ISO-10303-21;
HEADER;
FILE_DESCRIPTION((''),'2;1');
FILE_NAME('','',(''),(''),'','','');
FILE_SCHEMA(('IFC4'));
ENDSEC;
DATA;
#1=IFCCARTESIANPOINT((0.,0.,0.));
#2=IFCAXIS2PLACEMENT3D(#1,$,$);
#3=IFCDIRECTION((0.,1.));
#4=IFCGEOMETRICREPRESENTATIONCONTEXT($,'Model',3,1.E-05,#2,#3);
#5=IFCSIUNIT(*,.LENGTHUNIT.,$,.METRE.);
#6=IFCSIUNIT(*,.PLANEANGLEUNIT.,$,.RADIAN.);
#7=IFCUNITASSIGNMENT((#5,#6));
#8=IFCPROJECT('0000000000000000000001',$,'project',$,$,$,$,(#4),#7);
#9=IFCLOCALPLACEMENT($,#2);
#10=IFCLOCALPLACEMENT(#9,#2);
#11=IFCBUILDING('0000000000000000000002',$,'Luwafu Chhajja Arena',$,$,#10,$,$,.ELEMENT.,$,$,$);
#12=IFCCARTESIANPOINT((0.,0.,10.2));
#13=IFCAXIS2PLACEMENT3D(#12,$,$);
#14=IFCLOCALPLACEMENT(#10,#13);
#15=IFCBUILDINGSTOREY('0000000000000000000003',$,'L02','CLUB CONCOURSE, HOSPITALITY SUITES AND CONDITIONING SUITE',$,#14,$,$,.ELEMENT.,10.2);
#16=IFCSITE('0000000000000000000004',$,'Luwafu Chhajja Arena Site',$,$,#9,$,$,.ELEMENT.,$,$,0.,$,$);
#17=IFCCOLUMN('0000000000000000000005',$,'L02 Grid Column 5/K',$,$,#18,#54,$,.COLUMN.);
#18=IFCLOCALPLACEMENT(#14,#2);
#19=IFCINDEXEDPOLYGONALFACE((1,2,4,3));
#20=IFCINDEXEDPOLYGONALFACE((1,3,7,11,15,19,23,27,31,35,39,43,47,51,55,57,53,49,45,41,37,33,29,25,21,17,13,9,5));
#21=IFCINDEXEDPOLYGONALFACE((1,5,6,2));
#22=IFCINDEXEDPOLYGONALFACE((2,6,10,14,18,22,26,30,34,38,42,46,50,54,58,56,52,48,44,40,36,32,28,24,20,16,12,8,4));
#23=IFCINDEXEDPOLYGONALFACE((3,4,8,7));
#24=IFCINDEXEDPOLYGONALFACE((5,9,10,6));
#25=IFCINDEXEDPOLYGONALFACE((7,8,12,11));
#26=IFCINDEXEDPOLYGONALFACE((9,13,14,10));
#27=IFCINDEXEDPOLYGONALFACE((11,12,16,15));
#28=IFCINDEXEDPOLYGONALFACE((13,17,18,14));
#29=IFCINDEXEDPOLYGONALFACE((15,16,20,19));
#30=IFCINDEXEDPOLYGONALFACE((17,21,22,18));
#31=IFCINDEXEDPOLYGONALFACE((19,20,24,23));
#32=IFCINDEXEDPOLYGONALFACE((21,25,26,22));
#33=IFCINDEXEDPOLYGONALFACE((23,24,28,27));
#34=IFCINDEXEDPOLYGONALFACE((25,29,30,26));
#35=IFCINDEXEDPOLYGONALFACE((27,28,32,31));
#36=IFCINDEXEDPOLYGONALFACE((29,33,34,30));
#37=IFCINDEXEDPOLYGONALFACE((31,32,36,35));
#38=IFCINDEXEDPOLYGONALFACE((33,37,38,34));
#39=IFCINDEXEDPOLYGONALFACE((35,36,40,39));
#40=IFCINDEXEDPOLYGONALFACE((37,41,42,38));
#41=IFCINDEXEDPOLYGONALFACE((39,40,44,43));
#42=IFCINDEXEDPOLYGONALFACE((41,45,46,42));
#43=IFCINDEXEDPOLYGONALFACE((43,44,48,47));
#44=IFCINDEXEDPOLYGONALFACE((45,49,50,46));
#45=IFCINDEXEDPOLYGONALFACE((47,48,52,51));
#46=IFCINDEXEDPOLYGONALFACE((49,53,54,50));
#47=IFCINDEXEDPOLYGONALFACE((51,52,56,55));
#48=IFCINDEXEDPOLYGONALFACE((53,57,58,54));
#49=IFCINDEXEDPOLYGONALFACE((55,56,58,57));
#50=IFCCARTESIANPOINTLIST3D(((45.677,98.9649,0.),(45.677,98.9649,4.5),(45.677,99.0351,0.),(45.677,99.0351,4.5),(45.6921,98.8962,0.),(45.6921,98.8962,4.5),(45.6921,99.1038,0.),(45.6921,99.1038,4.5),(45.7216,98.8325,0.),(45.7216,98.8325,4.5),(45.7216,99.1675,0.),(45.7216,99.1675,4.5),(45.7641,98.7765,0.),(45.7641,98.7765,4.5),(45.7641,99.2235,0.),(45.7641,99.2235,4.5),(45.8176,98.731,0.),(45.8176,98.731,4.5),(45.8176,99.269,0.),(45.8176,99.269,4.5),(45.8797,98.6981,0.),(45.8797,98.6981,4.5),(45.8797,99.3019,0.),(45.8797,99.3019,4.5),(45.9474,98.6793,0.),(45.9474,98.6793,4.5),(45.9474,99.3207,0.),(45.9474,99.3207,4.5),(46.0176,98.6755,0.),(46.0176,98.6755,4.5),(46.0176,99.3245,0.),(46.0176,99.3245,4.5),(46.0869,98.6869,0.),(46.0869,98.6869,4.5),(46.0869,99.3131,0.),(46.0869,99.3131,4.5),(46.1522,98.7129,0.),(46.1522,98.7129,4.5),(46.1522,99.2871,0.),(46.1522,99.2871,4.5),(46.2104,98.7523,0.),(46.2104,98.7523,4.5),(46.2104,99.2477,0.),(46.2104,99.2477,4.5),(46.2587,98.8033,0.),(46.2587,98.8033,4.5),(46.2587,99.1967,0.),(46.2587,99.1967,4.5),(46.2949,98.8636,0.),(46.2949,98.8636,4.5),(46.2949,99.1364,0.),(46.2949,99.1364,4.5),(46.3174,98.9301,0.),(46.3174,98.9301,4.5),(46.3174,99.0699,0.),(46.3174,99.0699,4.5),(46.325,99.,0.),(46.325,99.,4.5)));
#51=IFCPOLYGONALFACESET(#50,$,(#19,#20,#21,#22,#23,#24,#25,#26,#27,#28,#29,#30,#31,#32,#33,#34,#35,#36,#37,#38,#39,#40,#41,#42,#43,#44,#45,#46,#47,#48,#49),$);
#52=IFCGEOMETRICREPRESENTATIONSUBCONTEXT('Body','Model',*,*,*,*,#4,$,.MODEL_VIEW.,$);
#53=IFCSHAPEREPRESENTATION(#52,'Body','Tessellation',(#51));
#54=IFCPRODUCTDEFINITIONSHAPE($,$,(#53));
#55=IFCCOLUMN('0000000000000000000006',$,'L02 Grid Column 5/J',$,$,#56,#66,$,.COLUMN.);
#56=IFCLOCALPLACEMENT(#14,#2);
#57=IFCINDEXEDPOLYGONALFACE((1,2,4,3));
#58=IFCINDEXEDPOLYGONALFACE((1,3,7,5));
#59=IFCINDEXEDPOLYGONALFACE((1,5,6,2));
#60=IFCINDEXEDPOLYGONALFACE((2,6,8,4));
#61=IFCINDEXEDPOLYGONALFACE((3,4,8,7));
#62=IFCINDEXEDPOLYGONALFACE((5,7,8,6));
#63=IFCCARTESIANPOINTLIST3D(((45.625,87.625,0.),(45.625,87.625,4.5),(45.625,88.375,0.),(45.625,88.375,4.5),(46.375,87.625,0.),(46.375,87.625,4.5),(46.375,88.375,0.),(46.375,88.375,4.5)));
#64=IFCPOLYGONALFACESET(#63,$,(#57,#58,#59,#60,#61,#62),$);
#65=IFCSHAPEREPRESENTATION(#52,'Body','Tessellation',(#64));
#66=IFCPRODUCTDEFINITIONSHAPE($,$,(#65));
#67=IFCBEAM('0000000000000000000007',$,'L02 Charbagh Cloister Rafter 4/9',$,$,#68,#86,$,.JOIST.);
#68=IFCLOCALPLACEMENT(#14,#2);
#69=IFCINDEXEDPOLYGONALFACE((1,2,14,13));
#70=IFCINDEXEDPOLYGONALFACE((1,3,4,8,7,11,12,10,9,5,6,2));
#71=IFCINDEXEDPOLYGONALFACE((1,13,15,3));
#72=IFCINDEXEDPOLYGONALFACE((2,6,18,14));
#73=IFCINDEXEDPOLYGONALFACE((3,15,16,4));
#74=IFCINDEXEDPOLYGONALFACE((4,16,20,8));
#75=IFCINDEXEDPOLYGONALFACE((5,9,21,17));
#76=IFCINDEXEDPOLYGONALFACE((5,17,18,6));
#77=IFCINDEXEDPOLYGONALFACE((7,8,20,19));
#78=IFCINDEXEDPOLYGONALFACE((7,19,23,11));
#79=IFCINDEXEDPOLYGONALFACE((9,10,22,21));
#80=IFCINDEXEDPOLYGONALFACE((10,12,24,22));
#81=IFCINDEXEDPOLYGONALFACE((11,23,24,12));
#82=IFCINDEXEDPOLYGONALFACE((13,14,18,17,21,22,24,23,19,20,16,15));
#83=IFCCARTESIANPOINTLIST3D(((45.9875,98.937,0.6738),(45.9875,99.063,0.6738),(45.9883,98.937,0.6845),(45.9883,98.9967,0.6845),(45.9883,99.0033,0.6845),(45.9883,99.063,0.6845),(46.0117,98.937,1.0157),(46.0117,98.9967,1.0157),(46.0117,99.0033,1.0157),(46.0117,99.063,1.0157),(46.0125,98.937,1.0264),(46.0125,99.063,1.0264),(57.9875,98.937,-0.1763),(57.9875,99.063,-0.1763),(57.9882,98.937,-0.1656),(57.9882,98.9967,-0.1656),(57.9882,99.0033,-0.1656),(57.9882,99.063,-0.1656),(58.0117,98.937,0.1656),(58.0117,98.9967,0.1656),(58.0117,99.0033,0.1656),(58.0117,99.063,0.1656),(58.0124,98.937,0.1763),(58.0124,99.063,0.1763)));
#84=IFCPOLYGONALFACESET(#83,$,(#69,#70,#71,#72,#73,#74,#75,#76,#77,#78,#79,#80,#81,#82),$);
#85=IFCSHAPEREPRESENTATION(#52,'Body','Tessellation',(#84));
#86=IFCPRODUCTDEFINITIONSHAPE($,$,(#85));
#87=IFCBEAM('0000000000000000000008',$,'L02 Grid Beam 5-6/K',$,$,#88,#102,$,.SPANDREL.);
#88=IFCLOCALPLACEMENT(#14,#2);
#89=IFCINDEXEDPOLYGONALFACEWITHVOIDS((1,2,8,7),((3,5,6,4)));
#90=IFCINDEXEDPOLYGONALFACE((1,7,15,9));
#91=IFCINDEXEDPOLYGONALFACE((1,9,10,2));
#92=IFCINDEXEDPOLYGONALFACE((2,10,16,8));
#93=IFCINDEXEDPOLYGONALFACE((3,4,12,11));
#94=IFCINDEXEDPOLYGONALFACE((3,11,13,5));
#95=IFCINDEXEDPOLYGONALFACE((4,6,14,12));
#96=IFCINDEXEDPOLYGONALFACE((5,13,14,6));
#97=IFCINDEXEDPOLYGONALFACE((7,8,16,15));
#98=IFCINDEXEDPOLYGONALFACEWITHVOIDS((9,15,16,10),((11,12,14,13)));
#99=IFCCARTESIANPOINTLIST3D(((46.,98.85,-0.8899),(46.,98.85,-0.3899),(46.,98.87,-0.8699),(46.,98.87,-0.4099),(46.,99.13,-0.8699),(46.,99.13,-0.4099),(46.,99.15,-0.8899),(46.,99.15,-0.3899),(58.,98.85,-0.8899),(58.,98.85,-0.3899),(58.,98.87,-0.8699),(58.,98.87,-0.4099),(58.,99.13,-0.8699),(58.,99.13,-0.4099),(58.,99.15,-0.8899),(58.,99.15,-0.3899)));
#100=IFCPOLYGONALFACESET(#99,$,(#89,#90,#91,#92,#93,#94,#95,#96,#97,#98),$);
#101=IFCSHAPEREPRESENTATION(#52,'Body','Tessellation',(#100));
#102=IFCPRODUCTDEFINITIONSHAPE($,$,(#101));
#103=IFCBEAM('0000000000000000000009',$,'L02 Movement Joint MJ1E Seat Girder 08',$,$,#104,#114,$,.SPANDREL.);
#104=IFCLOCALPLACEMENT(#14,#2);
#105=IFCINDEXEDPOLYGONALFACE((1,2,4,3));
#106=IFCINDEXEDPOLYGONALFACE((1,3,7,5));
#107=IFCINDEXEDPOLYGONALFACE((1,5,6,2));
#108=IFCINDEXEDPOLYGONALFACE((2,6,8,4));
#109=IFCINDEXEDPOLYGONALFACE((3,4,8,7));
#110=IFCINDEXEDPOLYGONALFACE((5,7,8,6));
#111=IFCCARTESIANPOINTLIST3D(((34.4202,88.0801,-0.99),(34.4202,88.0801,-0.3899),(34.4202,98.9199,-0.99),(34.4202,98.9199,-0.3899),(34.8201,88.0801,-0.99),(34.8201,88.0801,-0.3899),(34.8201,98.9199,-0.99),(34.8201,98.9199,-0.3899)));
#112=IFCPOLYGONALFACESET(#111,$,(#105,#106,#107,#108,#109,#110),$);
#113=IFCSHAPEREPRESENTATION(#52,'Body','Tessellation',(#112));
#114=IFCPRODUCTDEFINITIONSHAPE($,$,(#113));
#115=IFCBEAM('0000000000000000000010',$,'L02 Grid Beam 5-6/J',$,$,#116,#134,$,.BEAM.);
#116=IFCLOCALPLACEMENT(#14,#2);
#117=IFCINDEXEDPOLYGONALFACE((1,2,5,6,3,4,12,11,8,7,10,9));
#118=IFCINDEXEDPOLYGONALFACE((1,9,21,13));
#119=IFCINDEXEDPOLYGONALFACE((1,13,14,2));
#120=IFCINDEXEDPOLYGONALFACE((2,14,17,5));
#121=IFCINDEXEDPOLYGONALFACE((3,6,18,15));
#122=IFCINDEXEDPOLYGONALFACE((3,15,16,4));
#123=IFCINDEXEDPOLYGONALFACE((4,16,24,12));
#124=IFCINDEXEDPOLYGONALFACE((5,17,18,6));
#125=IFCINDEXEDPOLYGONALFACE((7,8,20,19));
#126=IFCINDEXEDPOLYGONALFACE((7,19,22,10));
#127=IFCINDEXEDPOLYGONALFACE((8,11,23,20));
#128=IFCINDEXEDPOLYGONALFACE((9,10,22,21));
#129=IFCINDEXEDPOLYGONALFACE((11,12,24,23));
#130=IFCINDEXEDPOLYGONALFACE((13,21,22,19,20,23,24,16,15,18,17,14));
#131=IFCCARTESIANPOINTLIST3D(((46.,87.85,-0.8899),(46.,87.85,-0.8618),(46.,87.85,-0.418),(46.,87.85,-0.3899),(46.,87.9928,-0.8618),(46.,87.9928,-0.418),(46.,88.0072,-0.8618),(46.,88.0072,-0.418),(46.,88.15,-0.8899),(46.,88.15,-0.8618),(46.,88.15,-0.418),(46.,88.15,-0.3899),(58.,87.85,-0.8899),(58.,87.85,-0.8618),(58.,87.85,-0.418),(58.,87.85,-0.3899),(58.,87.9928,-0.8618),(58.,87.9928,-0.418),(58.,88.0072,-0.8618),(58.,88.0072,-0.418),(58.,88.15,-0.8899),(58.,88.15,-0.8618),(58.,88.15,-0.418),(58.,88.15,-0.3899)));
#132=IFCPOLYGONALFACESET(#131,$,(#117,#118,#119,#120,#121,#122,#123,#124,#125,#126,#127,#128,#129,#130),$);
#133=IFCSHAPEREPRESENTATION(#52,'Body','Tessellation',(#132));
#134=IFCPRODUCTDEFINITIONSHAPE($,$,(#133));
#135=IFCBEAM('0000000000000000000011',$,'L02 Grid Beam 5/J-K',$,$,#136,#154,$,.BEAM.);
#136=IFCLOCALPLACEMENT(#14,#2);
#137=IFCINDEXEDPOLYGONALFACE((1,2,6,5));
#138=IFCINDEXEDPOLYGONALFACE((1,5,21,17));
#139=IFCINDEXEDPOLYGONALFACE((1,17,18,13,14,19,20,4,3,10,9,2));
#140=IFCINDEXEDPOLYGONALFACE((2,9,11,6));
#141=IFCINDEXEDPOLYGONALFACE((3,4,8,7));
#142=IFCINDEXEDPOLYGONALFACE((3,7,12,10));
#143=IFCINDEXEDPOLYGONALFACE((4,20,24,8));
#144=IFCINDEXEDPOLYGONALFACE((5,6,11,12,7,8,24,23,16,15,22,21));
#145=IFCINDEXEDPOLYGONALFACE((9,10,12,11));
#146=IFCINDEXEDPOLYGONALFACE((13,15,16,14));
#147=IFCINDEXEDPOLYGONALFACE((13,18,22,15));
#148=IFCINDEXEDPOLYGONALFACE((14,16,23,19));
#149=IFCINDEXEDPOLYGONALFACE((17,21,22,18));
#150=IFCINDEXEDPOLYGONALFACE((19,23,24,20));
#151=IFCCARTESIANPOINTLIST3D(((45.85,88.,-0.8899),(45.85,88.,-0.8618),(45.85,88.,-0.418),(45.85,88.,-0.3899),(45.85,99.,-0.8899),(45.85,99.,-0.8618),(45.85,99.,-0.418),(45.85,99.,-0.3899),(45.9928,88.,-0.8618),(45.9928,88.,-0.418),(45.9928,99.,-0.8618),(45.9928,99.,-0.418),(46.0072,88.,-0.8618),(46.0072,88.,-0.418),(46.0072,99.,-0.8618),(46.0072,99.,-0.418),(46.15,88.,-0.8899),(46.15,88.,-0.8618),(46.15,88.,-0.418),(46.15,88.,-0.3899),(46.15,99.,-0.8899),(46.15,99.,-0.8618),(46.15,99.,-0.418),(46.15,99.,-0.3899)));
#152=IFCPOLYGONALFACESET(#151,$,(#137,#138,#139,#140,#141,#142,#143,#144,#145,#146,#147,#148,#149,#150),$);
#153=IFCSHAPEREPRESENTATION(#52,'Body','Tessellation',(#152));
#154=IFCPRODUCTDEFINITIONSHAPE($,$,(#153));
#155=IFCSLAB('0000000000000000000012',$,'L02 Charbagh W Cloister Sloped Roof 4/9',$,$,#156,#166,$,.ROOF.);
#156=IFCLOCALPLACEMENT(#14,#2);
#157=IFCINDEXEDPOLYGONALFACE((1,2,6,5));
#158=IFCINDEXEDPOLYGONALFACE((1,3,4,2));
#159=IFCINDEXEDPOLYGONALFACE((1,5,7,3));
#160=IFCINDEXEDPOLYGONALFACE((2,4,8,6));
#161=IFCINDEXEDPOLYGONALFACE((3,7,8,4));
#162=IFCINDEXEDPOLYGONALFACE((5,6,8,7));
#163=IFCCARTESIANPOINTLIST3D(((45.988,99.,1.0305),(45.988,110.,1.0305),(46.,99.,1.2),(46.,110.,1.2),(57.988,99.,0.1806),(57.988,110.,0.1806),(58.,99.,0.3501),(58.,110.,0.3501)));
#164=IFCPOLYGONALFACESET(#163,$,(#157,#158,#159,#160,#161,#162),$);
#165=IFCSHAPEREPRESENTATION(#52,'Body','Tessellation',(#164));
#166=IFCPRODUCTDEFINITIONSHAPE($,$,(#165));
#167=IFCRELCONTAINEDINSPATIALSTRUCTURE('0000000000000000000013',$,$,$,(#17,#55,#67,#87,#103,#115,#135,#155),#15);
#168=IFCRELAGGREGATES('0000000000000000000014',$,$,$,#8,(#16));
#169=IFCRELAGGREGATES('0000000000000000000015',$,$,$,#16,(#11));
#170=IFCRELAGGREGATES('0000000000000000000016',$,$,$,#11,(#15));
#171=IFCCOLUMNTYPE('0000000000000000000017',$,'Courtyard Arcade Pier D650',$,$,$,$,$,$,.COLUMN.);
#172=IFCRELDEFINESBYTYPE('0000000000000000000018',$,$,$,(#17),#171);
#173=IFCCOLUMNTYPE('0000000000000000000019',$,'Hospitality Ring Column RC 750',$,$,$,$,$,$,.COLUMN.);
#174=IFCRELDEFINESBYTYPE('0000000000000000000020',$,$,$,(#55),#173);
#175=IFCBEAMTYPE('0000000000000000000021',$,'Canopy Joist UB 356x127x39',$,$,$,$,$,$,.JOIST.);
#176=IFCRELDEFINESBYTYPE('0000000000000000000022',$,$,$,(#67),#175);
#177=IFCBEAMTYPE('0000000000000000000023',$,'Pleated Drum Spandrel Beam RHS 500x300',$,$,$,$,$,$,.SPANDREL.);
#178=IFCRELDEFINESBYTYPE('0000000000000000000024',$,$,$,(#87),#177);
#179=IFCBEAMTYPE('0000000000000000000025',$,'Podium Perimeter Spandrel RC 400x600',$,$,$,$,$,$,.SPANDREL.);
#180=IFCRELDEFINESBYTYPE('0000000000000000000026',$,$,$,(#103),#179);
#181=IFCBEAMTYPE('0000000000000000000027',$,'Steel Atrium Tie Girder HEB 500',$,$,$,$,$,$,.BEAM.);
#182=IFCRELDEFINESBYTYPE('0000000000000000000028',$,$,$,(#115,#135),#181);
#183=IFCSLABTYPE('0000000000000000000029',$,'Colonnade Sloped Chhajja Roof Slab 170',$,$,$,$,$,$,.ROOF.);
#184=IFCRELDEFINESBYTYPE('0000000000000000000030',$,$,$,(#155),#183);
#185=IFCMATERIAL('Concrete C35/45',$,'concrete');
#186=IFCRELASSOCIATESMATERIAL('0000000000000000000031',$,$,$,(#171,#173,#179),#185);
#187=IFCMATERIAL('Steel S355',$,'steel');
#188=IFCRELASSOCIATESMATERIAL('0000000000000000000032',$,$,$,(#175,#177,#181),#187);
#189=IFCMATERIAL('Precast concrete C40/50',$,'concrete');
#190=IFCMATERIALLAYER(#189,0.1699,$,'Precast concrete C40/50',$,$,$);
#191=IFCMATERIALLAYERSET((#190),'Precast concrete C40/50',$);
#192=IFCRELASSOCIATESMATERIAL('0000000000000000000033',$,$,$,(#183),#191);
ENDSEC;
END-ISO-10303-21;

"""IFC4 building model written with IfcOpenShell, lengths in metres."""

from ifc_helpers import new_model, si_unit, direction, frame, origin, origin_2d, place, context, subcontext, project, spatial, polyline, rectangle, hollow_rectangle, circle, i_section, outline, extrude, material, layer, layer_set, material_profile, profile_set, type_object, element, save


model = new_model("IFC4")

# Units and contexts
model_context = context("Model", 3, precision=1e-05, world=origin(), true_north=direction((0.0, 1.0)))
body_context = subcontext(model_context, "Body", "Model", "MODEL_VIEW")
ifc_project = project(units=[si_unit("LENGTHUNIT", "METRE"), si_unit("PLANEANGLEUNIT", "RADIAN")], contexts=[model_context])

# Site, building, storey
site_placement = place(None, origin())
site = spatial("IfcSite", under=ifc_project, at=site_placement, Name="Luwafu Chhajja Arena Site", CompositionType="ELEMENT", RefElevation=0.0)
building_placement = place(site_placement, origin())
building = spatial("IfcBuilding", under=site, at=building_placement, Name="Luwafu Chhajja Arena", CompositionType="ELEMENT")
storey_placement = place(building_placement, frame((0.0, 0.0, 10.2)))
storey = spatial("IfcBuildingStorey", under=building, at=storey_placement, Name="L02", Description="CLUB CONCOURSE, HOSPITALITY SUITES AND CONDITIONING SUITE", CompositionType="ELEMENT", Elevation=10.2)

# Columns
ifc_material_1 = material(Name="Concrete C35/45", Category="concrete")
ifc_material_profile_1 = material_profile(ifc_material_1, circle(Radius=0.325, at=origin_2d()), Name="RC COL D650")
ifc_profile_set_1 = profile_set([ifc_material_profile_1], Name="Concrete C35/45")
column_type_1 = type_object("IfcColumnType", Name="Courtyard Arcade Pier D650", PredefinedType="COLUMN", material=ifc_profile_set_1)
column_1_placement = place(storey_placement, frame((46.0, 99.0, 0.0), z_axis=(0.0, 0.0, 1.0), x_axis=(1.0, 0.0, 0.0)))
element("IfcColumn", 1, at=column_1_placement, inside=storey, type_object=column_type_1, Name="L02 Grid Column 5/K", PredefinedType="COLUMN", context=body_context, shape_type="SweptSolid", body=[
    extrude(circle(Radius=0.325, at=origin_2d()), origin(), (0.0, 0.0, 1.0), 4.5),
])
ifc_material_profile_2 = material_profile(ifc_material_1, rectangle(XDim=0.75, YDim=0.75, at=origin_2d()), Name="RC 750x750")
ifc_profile_set_2 = profile_set([ifc_material_profile_2], Name="Concrete C35/45")
column_type_2 = type_object("IfcColumnType", Name="Hospitality Ring Column RC 750", PredefinedType="COLUMN", material=ifc_profile_set_2)
column_2_placement = place(storey_placement, frame((46.0, 88.0, 0.0), z_axis=(0.0, 0.0, 1.0), x_axis=(1.0, 0.0, 0.0)))
element("IfcColumn", 2, at=column_2_placement, inside=storey, type_object=column_type_2, Name="L02 Grid Column 5/J", PredefinedType="COLUMN", context=body_context, shape_type="SweptSolid", body=[
    extrude(rectangle(XDim=0.75, YDim=0.75, at=origin_2d()), origin(), (0.0, 0.0, 1.0), 4.5),
])

# Beams
ifc_material_2 = material(Name="Steel S355", Category="steel")
ifc_material_profile_3 = material_profile(ifc_material_2, i_section(OverallWidth=0.126, OverallDepth=0.3535, WebThickness=0.0066, FlangeThickness=0.0107, at=origin_2d()), Name="UB 356x127x39")
ifc_profile_set_3 = profile_set([ifc_material_profile_3], Name="Steel S355")
beam_type_1 = type_object("IfcBeamType", Name="Canopy Joist UB 356x127x39", PredefinedType="JOIST", material=ifc_profile_set_3)
beam_1_placement = place(storey_placement, frame((46.0, 99.0, 0.8501), z_axis=(0.9975, 0.0, -0.070664), x_axis=(0.0, 1.0, 0.0)))
element("IfcBeam", 3, at=beam_1_placement, inside=storey, type_object=beam_type_1, Name="L02 Charbagh Cloister Rafter 4/9", PredefinedType="JOIST", context=body_context, shape_type="SweptSolid", body=[
    extrude(i_section(OverallWidth=0.126, OverallDepth=0.3535, WebThickness=0.0066, FlangeThickness=0.0107, at=origin_2d()), origin(), (0.0, 0.0, 1.0), 12.03),
])
ifc_material_profile_4 = material_profile(ifc_material_2, hollow_rectangle(XDim=0.3, YDim=0.5, WallThickness=0.02, at=origin_2d()), Name="RHS 500x300x20")
ifc_profile_set_4 = profile_set([ifc_material_profile_4], Name="Steel S355")
beam_type_2 = type_object("IfcBeamType", Name="Pleated Drum Spandrel Beam RHS 500x300", PredefinedType="SPANDREL", material=ifc_profile_set_4)
beam_2_placement = place(storey_placement, frame((46.0, 99.0, -0.6399), z_axis=(1.0, 0.0, 0.0), x_axis=(0.0, 1.0, 0.0)))
element("IfcBeam", 4, at=beam_2_placement, inside=storey, type_object=beam_type_2, Name="L02 Grid Beam 5-6/K", PredefinedType="SPANDREL", context=body_context, shape_type="SweptSolid", body=[
    extrude(hollow_rectangle(XDim=0.3, YDim=0.5, WallThickness=0.02, at=origin_2d()), origin(), (0.0, 0.0, 1.0), 12.0),
])
ifc_material_profile_5 = material_profile(ifc_material_1, rectangle(XDim=0.3999, YDim=0.6001, at=origin_2d()), Name="RC 400x600")
ifc_profile_set_5 = profile_set([ifc_material_profile_5], Name="Concrete C35/45")
beam_type_3 = type_object("IfcBeamType", Name="Podium Perimeter Spandrel RC 400x600", PredefinedType="SPANDREL", material=ifc_profile_set_5)
beam_3_placement = place(storey_placement, frame((34.6201, 88.0801, -0.6899), z_axis=(0.0, 1.0, 0.0), x_axis=(-1.0, 0.0, 0.0)))
element("IfcBeam", 5, at=beam_3_placement, inside=storey, type_object=beam_type_3, Name="L02 Movement Joint MJ1E Seat Girder 08", PredefinedType="SPANDREL", context=body_context, shape_type="SweptSolid", body=[
    extrude(rectangle(XDim=0.3999, YDim=0.6001, at=origin_2d()), origin(), (0.0, 0.0, 1.0), 10.8398),
])
ifc_material_profile_6 = material_profile(ifc_material_2, i_section(OverallWidth=0.3, OverallDepth=0.5, WebThickness=0.0144, FlangeThickness=0.0281, at=origin_2d()), Name="HEB 500")
ifc_profile_set_6 = profile_set([ifc_material_profile_6], Name="Steel S355")
beam_type_4 = type_object("IfcBeamType", Name="Steel Atrium Tie Girder HEB 500", PredefinedType="BEAM", material=ifc_profile_set_6)
beam_4_placement = place(storey_placement, frame((46.0, 88.0, -0.6399), z_axis=(1.0, 0.0, 0.0), x_axis=(0.0, 1.0, 0.0)))
element("IfcBeam", 6, at=beam_4_placement, inside=storey, type_object=beam_type_4, Name="L02 Grid Beam 5-6/J", PredefinedType="BEAM", context=body_context, shape_type="SweptSolid", body=[
    extrude(i_section(OverallWidth=0.3, OverallDepth=0.5, WebThickness=0.0144, FlangeThickness=0.0281, at=origin_2d()), origin(), (0.0, 0.0, 1.0), 12.0),
])
beam_5_placement = place(storey_placement, frame((46.0, 88.0, -0.6399), z_axis=(0.0, 1.0, 0.0), x_axis=(-1.0, 0.0, 0.0)))
element("IfcBeam", 7, at=beam_5_placement, inside=storey, type_object=beam_type_4, Name="L02 Grid Beam 5/J-K", PredefinedType="BEAM", context=body_context, shape_type="SweptSolid", body=[
    extrude(i_section(OverallWidth=0.3, OverallDepth=0.5, WebThickness=0.0144, FlangeThickness=0.0281, at=origin_2d()), origin(), (0.0, 0.0, 1.0), 11.0),
])

# Slab
ifc_material_3 = material(Name="Precast concrete C40/50", Category="concrete")
ifc_layer_1 = layer(ifc_material_3, 0.1699, Name="Precast concrete C40/50")
ifc_layer_set_1 = layer_set([ifc_layer_1], Name="Precast concrete C40/50")
slab_type = type_object("IfcSlabType", Name="Colonnade Sloped Chhajja Roof Slab 170", PredefinedType="ROOF", material=ifc_layer_set_1)
slab_placement = place(storey_placement, frame((46.0, 99.0, 1.2), z_axis=(0.070644, 0.0, 0.997502), x_axis=(0.0, 1.0, 0.0)))
element("IfcSlab", 8, at=slab_placement, inside=storey, type_object=slab_type, Name="L02 Charbagh W Cloister Sloped Roof 4/9", PredefinedType="ROOF", context=body_context, shape_type="SweptSolid", body=[
    extrude(outline(polyline([(0.0, 0.0), (11.0, 0.0), (11.0, -12.0301), (0.0, -12.0301), (0.0, 0.0)])), origin(), (0.0, 0.0, -1.0), 0.1699),
])

save(model, "model.ifc")
